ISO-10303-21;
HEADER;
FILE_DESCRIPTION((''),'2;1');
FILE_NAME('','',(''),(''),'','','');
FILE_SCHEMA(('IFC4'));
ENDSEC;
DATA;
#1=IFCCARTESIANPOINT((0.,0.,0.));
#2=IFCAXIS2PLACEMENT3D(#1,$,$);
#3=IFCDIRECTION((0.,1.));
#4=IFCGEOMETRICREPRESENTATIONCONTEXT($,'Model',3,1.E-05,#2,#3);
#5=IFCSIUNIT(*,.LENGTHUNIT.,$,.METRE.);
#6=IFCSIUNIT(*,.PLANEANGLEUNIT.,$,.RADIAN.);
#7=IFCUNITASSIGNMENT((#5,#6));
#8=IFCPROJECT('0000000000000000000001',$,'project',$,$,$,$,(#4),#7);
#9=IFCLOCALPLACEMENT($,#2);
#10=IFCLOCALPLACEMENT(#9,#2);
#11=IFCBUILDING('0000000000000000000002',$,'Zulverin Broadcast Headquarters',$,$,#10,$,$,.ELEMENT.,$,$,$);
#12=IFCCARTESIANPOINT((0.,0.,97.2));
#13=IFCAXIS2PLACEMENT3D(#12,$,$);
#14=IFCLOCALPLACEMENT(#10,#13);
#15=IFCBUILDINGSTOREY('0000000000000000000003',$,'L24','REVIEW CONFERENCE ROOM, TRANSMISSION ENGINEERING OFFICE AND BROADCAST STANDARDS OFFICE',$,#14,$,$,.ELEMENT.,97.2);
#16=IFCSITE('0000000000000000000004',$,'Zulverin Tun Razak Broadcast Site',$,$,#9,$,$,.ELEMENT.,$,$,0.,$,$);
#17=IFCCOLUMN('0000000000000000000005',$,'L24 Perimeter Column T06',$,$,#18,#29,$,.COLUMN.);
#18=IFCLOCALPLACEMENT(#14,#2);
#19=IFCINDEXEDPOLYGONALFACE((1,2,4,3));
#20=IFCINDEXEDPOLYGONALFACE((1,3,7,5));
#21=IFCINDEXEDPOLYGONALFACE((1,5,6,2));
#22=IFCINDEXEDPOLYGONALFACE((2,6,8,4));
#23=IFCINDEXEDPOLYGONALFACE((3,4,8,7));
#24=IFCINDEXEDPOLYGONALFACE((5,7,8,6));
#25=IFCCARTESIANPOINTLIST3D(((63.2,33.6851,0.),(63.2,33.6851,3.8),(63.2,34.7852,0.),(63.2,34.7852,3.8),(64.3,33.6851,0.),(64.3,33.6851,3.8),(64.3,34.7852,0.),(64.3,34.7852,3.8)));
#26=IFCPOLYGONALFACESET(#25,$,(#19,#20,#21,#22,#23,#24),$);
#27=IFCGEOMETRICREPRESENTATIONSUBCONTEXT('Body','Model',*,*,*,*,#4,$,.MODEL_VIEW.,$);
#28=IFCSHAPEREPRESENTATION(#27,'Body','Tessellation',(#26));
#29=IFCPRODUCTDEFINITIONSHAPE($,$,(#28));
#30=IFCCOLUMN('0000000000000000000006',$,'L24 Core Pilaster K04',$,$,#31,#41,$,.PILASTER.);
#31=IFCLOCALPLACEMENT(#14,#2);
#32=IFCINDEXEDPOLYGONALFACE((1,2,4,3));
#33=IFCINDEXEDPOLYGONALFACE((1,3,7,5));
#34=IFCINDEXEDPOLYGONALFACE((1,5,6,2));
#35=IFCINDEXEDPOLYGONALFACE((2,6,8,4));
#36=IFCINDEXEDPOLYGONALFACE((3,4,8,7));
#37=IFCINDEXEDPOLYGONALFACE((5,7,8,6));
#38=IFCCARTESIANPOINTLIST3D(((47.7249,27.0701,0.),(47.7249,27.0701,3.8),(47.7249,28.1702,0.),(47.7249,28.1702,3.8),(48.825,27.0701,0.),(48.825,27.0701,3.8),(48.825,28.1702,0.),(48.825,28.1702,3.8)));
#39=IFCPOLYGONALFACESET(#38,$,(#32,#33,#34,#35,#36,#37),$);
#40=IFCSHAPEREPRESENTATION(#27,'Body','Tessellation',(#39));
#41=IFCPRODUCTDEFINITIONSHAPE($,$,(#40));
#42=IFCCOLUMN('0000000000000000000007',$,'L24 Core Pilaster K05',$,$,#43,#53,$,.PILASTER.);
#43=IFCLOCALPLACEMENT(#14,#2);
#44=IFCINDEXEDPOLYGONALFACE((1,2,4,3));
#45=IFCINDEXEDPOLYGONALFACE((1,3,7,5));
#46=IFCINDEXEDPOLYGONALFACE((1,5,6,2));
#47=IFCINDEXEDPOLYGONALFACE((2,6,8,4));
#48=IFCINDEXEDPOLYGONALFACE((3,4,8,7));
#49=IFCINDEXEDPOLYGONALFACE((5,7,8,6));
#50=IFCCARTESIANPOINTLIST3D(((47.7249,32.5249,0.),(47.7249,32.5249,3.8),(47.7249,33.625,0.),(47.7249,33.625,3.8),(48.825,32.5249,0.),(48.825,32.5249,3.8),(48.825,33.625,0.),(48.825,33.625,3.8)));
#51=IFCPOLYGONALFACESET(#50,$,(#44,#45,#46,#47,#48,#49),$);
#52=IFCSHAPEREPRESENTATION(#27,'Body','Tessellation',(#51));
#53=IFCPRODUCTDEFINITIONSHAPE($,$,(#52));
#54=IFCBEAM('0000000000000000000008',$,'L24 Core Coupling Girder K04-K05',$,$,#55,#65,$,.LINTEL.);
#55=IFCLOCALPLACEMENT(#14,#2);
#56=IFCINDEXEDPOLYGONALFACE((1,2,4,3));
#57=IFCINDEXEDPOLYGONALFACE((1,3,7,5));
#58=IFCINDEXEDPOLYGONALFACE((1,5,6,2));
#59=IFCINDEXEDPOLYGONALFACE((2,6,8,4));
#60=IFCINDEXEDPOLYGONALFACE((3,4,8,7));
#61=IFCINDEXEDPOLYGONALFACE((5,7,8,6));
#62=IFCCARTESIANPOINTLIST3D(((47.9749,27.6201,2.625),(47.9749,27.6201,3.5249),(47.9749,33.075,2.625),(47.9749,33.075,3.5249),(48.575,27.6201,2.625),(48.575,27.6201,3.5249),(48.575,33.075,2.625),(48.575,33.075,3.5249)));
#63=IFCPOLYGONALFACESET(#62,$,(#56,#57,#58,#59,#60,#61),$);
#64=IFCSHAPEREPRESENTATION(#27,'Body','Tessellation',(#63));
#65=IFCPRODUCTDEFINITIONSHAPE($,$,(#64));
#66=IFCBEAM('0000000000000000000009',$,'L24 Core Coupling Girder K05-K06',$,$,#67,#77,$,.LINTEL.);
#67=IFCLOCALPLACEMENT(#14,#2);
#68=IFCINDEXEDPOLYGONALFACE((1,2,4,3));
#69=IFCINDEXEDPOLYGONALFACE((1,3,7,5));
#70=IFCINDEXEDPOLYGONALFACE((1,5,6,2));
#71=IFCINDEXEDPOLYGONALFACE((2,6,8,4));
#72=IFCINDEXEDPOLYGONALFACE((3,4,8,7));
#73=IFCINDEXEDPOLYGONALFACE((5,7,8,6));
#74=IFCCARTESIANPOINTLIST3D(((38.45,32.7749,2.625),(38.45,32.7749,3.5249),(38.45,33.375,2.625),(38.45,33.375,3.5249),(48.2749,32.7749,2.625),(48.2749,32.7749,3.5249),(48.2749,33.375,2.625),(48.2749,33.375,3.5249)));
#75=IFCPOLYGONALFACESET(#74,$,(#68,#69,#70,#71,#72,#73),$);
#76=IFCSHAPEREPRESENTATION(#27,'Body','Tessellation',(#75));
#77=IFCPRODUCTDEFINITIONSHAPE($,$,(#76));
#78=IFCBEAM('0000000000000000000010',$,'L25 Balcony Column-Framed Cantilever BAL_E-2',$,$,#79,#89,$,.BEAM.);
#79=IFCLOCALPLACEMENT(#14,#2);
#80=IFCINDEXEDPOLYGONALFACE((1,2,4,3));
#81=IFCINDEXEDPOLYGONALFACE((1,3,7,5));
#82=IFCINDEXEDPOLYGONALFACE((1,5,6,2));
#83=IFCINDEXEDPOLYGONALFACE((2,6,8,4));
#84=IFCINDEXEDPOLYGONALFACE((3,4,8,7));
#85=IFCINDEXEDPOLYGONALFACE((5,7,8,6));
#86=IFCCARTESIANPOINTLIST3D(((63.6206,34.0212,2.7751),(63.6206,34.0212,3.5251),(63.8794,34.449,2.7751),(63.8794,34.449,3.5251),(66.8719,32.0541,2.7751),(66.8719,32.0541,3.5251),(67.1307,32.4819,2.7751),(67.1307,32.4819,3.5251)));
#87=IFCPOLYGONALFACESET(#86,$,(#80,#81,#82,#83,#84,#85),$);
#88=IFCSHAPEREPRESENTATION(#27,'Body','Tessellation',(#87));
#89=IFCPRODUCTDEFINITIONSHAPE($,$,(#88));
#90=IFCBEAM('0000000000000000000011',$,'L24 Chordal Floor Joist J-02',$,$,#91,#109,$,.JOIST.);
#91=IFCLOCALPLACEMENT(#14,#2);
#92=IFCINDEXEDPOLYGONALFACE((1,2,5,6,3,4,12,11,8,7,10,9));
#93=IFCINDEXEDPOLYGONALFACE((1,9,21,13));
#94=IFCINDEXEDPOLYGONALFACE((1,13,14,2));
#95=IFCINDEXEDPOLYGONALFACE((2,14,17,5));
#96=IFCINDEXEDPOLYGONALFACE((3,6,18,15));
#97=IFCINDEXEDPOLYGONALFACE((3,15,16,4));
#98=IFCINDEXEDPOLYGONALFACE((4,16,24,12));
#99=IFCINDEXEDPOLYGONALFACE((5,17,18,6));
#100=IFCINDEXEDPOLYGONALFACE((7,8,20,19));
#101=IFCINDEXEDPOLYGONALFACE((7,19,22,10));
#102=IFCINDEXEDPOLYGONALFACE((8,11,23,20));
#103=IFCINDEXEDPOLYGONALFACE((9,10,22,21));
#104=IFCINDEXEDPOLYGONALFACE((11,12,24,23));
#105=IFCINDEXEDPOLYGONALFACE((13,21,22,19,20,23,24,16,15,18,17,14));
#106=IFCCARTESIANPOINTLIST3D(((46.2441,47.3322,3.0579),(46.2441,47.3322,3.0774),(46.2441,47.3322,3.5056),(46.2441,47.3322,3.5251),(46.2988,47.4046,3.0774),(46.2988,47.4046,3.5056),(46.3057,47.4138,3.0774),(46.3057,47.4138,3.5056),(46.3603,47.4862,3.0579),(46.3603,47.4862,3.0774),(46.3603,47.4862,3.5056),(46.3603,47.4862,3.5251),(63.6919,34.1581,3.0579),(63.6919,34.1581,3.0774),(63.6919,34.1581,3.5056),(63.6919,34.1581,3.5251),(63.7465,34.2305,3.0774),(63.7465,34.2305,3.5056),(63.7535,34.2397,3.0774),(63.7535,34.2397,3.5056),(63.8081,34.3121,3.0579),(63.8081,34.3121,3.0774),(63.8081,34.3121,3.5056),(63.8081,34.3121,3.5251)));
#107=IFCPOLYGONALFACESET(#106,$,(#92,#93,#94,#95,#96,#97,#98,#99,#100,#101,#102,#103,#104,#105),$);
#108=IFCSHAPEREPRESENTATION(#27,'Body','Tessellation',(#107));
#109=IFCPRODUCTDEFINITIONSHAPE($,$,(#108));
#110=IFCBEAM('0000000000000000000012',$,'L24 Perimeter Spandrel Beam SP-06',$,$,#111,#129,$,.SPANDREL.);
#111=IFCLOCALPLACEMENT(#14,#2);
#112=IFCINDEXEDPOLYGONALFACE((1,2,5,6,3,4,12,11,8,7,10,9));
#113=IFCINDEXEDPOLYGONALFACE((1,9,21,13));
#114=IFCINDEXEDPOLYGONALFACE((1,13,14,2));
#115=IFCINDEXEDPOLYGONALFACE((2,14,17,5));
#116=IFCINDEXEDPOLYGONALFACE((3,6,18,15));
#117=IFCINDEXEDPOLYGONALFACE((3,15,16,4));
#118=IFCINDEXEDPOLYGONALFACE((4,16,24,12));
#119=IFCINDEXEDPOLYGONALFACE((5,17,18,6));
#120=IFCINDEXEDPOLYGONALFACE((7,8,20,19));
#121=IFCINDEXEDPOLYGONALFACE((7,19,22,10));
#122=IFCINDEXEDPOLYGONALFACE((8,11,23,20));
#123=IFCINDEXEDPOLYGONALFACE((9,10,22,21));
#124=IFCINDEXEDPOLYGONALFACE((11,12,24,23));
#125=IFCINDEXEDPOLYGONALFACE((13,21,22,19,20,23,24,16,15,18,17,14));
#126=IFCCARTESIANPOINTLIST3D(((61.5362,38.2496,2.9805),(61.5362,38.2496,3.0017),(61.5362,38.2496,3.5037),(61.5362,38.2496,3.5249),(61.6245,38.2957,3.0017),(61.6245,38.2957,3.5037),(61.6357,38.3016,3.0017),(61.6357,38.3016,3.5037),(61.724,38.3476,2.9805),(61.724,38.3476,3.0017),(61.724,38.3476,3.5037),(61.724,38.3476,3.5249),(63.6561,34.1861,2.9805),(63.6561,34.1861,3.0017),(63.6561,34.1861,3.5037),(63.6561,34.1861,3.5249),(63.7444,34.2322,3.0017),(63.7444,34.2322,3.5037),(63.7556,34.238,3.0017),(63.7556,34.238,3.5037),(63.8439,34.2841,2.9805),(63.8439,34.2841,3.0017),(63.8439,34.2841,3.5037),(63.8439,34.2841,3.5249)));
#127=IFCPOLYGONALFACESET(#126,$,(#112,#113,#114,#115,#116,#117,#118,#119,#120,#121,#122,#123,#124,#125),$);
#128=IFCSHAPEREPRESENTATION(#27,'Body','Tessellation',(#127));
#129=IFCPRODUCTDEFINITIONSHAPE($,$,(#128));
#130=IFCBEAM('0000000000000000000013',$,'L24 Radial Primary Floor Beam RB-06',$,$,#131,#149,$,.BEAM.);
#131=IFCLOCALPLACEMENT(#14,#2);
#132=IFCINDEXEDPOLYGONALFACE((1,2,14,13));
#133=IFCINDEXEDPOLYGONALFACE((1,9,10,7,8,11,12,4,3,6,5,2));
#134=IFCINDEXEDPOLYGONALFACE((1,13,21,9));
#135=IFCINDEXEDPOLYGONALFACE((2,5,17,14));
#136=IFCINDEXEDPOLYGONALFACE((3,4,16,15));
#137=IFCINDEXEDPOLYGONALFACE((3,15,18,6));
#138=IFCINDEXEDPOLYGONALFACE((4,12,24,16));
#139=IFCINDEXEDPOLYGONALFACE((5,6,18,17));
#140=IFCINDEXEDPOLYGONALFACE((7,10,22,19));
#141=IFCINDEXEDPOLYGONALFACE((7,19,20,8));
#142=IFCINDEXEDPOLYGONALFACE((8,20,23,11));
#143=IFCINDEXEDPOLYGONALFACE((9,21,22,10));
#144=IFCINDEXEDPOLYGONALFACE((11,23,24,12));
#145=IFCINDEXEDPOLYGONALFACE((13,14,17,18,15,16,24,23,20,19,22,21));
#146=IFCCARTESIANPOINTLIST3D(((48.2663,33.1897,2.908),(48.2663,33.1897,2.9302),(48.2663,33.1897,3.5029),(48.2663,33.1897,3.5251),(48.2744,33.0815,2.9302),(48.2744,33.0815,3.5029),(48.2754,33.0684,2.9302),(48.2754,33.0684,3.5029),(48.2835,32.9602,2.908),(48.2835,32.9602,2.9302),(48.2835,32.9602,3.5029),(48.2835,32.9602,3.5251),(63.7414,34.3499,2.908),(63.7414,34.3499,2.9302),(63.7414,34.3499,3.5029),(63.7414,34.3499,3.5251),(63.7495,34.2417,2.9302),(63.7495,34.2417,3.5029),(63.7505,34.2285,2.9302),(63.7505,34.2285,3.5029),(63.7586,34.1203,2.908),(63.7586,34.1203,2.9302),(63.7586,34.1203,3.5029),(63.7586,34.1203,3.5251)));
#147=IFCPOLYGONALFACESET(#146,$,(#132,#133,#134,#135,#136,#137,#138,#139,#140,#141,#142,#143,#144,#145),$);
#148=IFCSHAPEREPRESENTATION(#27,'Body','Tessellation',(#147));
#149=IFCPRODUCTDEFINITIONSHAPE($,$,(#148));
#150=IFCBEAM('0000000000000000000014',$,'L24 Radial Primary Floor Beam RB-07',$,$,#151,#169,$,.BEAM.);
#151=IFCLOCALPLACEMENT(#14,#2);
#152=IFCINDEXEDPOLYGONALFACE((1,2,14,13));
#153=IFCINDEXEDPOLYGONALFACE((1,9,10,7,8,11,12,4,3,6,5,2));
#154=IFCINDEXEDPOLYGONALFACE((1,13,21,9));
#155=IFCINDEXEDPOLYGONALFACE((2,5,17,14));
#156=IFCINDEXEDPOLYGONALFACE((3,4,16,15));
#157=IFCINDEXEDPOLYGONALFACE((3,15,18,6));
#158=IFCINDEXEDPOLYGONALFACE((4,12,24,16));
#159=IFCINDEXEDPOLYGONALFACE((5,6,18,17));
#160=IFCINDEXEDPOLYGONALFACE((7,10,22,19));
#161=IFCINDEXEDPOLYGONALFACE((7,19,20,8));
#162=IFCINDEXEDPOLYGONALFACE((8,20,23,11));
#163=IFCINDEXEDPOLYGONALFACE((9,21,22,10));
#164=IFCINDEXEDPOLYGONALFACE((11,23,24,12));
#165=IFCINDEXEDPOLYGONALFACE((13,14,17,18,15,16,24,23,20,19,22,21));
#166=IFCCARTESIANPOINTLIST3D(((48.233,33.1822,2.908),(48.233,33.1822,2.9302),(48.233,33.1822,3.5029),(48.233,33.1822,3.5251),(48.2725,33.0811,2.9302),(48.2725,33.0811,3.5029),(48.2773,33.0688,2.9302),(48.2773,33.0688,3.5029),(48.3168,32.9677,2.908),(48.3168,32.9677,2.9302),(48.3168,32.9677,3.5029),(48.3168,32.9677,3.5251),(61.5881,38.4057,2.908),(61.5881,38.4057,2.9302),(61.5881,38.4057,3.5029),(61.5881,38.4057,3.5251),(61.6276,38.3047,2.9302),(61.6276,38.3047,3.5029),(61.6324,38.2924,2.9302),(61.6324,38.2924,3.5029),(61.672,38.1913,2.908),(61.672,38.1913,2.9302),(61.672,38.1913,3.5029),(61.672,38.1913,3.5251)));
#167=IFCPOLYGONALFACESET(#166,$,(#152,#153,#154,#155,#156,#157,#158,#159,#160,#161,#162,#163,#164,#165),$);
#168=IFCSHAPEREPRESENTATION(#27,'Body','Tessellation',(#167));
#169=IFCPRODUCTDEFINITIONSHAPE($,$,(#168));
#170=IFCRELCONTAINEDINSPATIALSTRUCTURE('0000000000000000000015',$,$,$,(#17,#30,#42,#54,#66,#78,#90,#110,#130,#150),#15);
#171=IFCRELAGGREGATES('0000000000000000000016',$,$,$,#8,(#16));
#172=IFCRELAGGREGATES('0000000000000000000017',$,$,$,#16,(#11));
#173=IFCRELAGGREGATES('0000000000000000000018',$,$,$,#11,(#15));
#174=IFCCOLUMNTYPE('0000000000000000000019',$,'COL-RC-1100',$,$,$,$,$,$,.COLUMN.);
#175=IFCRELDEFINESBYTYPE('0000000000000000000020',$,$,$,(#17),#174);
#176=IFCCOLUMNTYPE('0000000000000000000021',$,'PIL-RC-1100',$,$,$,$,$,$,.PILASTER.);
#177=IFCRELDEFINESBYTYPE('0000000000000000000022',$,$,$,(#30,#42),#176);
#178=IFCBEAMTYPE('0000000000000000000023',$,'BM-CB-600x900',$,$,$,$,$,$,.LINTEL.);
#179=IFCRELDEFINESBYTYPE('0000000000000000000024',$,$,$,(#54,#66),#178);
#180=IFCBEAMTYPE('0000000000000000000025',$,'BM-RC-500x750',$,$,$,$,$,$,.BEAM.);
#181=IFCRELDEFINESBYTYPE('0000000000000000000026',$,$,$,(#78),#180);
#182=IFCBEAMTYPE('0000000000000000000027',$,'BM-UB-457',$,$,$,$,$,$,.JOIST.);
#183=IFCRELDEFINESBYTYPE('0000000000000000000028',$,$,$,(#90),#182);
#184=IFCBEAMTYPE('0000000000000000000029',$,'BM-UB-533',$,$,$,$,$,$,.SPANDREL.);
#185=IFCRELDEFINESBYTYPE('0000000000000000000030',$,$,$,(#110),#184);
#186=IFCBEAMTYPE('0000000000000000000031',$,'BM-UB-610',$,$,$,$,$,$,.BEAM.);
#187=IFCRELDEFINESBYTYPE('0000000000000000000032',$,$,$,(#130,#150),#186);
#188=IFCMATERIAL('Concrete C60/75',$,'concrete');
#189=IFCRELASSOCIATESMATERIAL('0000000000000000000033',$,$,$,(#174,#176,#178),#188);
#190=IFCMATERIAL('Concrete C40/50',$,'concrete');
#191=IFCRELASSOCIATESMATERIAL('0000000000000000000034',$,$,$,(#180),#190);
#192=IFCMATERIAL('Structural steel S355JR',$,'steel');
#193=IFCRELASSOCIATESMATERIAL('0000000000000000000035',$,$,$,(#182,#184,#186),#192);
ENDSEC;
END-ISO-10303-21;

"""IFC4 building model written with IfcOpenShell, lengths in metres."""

from ifc_helpers import new_model, si_unit, direction, frame, origin, origin_2d, place, context, subcontext, project, spatial, rectangle, i_section, extrude, material, material_profile, profile_set, type_object, element, save


model = new_model("IFC4")

# Units and contexts
model_context = context("Model", 3, precision=1e-05, world=origin(), true_north=direction((0.0, 1.0)))
body_context = subcontext(model_context, "Body", "Model", "MODEL_VIEW")
ifc_project = project(units=[si_unit("LENGTHUNIT", "METRE"), si_unit("PLANEANGLEUNIT", "RADIAN")], contexts=[model_context])

# Site, building, storey
site_placement = place(None, origin())
site = spatial("IfcSite", under=ifc_project, at=site_placement, Name="Zulverin Tun Razak Broadcast Site", CompositionType="ELEMENT", RefElevation=0.0)
building_placement = place(site_placement, origin())
building = spatial("IfcBuilding", under=site, at=building_placement, Name="Zulverin Broadcast Headquarters", CompositionType="ELEMENT")
storey_placement = place(building_placement, frame((0.0, 0.0, 97.2)))
storey = spatial("IfcBuildingStorey", under=building, at=storey_placement, Name="L24", Description="REVIEW CONFERENCE ROOM, TRANSMISSION ENGINEERING OFFICE AND BROADCAST STANDARDS OFFICE", CompositionType="ELEMENT", Elevation=97.2)

# Columns
ifc_material_1 = material(Name="Concrete C60/75", Category="concrete")
ifc_material_profile_1 = material_profile(ifc_material_1, rectangle(XDim=1.1001, YDim=1.1001, at=origin_2d()), Name="Concrete C60/75", Category="concrete")
ifc_profile_set_1 = profile_set([ifc_material_profile_1], Name="Concrete C60/75")
column_type_1 = type_object("IfcColumnType", Name="COL-RC-1100", PredefinedType="COLUMN", material=ifc_profile_set_1)
column_placement = place(storey_placement, frame((63.75, 34.2351, 0.0), z_axis=(0.0, 0.0, 1.0), x_axis=(1.0, 0.0, 0.0)))
element("IfcColumn", 1, at=column_placement, inside=storey, type_object=column_type_1, Name="L24 Perimeter Column T06", PredefinedType="COLUMN", context=body_context, shape_type="SweptSolid", body=[
    extrude(rectangle(XDim=1.1001, YDim=1.1001, at=origin_2d()), origin(), (0.0, 0.0, 1.0), 3.8),
])
ifc_material_profile_2 = material_profile(ifc_material_1, rectangle(XDim=1.1001, YDim=1.1001, at=origin_2d()), Name="Concrete C60/75", Category="concrete")
ifc_profile_set_2 = profile_set([ifc_material_profile_2], Name="Concrete C60/75")
column_type_2 = type_object("IfcColumnType", Name="PIL-RC-1100", PredefinedType="PILASTER", material=ifc_profile_set_2)
for number, where, z_axis, x_axis, name in (
    (2, (48.2749, 27.6201, 0.0), (0.0, 0.0, 1.0), (1.0, 0.0, 0.0), "L24 Core Pilaster K04"),
    (3, (48.2749, 33.075, 0.0), (0.0, 0.0, 1.0), (1.0, 0.0, 0.0), "L24 Core Pilaster K05"),
):
    element("IfcColumn", number, at=place(storey_placement, frame(where, z_axis=z_axis, x_axis=x_axis)), inside=storey, type_object=column_type_2, Name=name, PredefinedType="PILASTER", context=body_context, shape_type="SweptSolid", body=[
        extrude(rectangle(XDim=1.1001, YDim=1.1001, at=origin_2d()), origin(), (0.0, 0.0, 1.0), 3.8),
    ])

# Beams
ifc_material_profile_3 = material_profile(ifc_material_1, rectangle(XDim=0.6001, YDim=0.8999, at=origin_2d()), Name="Concrete C60/75", Category="concrete")
ifc_profile_set_3 = profile_set([ifc_material_profile_3], Name="Concrete C60/75")
beam_type_1 = type_object("IfcBeamType", Name="BM-CB-600x900", PredefinedType="LINTEL", material=ifc_profile_set_3)
beam_1_placement = place(storey_placement, frame((48.2749, 27.6201, 3.075), z_axis=(0.0, 1.0, 0.0), x_axis=(-1.0, 0.0, 0.0)))
element("IfcBeam", 4, at=beam_1_placement, inside=storey, type_object=beam_type_1, Name="L24 Core Coupling Girder K04-K05", PredefinedType="LINTEL", context=body_context, shape_type="SweptSolid", body=[
    extrude(rectangle(XDim=0.6001, YDim=0.8999, at=origin_2d()), origin(), (0.0, 0.0, 1.0), 5.4548),
])
beam_2_placement = place(storey_placement, frame((48.2749, 33.075, 3.075), z_axis=(-1.0, 0.0, 0.0), x_axis=(0.0, -1.0, 0.0)))
element("IfcBeam", 5, at=beam_2_placement, inside=storey, type_object=beam_type_1, Name="L24 Core Coupling Girder K05-K06", PredefinedType="LINTEL", context=body_context, shape_type="SweptSolid", body=[
    extrude(rectangle(XDim=0.6001, YDim=0.8999, at=origin_2d()), origin(), (0.0, 0.0, 1.0), 9.825),
])
ifc_material_2 = material(Name="Concrete C40/50", Category="concrete")
ifc_material_profile_4 = material_profile(ifc_material_2, rectangle(XDim=0.5, YDim=0.75, at=origin_2d()), Name="Concrete C40/50", Category="concrete")
ifc_profile_set_4 = profile_set([ifc_material_profile_4], Name="Concrete C40/50")
beam_type_2 = type_object("IfcBeamType", Name="BM-RC-500x750", PredefinedType="BEAM", material=ifc_profile_set_4)
beam_3_placement = place(storey_placement, frame((63.75, 34.2351, 3.1501), z_axis=(0.855594, -0.517648, 0.0), x_axis=(0.517648, 0.855594, 0.0)))
element("IfcBeam", 6, at=beam_3_placement, inside=storey, type_object=beam_type_2, Name="L25 Balcony Column-Framed Cantilever BAL_E-2", PredefinedType="BEAM", context=body_context, shape_type="SweptSolid", body=[
    extrude(rectangle(XDim=0.5, YDim=0.75, at=origin_2d()), origin(), (0.0, 0.0, 1.0), 3.8),
])
ifc_material_3 = material(Name="Structural steel S355JR", Category="steel")
ifc_material_profile_5 = material_profile(ifc_material_3, i_section(OverallWidth=0.1929, OverallDepth=0.4673, WebThickness=0.0115, FlangeThickness=0.0195, at=origin_2d()), Name="Structural steel S355JR", Category="steel")
ifc_profile_set_5 = profile_set([ifc_material_profile_5], Name="Structural steel S355JR")
beam_type_3 = type_object("IfcBeamType", Name="BM-UB-457", PredefinedType="JOIST", material=ifc_profile_set_5)
beam_4_placement = place(storey_placement, frame((63.75, 34.2351, 3.2915), z_axis=(-0.798058, 0.60258, 0.0), x_axis=(-0.60258, -0.798058, 0.0)))
element("IfcBeam", 7, at=beam_4_placement, inside=storey, type_object=beam_type_3, Name="L24 Chordal Floor Joist J-02", PredefinedType="JOIST", context=body_context, shape_type="SweptSolid", body=[
    extrude(i_section(OverallWidth=0.1929, OverallDepth=0.4673, WebThickness=0.0115, FlangeThickness=0.0195, at=origin_2d()), origin(), (0.0, 0.0, 1.0), 21.8628),
])
ifc_material_profile_6 = material_profile(ifc_material_3, i_section(OverallWidth=0.2119, OverallDepth=0.5444, WebThickness=0.0127, FlangeThickness=0.0212, at=origin_2d()), Name="Structural steel S355JR", Category="steel")
ifc_profile_set_6 = profile_set([ifc_material_profile_6], Name="Structural steel S355JR")
beam_type_4 = type_object("IfcBeamType", Name="BM-UB-533", PredefinedType="SPANDREL", material=ifc_profile_set_6)
beam_5_placement = place(storey_placement, frame((63.75, 34.2351, 3.2527), z_axis=(-0.462531, 0.886603, 0.0), x_axis=(-0.886603, -0.462531, 0.0)))
element("IfcBeam", 8, at=beam_5_placement, inside=storey, type_object=beam_type_4, Name="L24 Perimeter Spandrel Beam SP-06", PredefinedType="SPANDREL", context=body_context, shape_type="SweptSolid", body=[
    extrude(i_section(OverallWidth=0.2119, OverallDepth=0.5444, WebThickness=0.0127, FlangeThickness=0.0212, at=origin_2d()), origin(), (0.0, 0.0, 1.0), 4.5833),
])
ifc_material_profile_7 = material_profile(ifc_material_3, i_section(OverallWidth=0.2302, OverallDepth=0.6172, WebThickness=0.0132, FlangeThickness=0.0222, at=origin_2d()), Name="Structural steel S355JR", Category="steel")
ifc_profile_set_7 = profile_set([ifc_material_profile_7], Name="Structural steel S355JR")
beam_type_5 = type_object("IfcBeamType", Name="BM-UB-610", PredefinedType="BEAM", material=ifc_profile_set_7)
beam_6_placement = place(storey_placement, frame((48.2749, 33.075, 3.2166), z_axis=(0.997202, 0.074759, 0.0), x_axis=(-0.074759, 0.997202, 0.0)))
element("IfcBeam", 9, at=beam_6_placement, inside=storey, type_object=beam_type_5, Name="L24 Radial Primary Floor Beam RB-06", PredefinedType="BEAM", context=body_context, shape_type="SweptSolid", body=[
    extrude(i_section(OverallWidth=0.2302, OverallDepth=0.6172, WebThickness=0.0132, FlangeThickness=0.0222, at=origin_2d()), origin(), (0.0, 0.0, 1.0), 15.5186),
])
beam_7_placement = place(storey_placement, frame((48.2749, 33.075, 3.2166), z_axis=(0.931298, 0.364259, 0.0), x_axis=(-0.364259, 0.931298, 0.0)))
element("IfcBeam", 10, at=beam_7_placement, inside=storey, type_object=beam_type_5, Name="L24 Radial Primary Floor Beam RB-07", PredefinedType="BEAM", context=body_context, shape_type="SweptSolid", body=[
    extrude(i_section(OverallWidth=0.2302, OverallDepth=0.6172, WebThickness=0.0132, FlangeThickness=0.0222, at=origin_2d()), origin(), (0.0, 0.0, 1.0), 14.3403),
])

save(model, "model.ifc")
